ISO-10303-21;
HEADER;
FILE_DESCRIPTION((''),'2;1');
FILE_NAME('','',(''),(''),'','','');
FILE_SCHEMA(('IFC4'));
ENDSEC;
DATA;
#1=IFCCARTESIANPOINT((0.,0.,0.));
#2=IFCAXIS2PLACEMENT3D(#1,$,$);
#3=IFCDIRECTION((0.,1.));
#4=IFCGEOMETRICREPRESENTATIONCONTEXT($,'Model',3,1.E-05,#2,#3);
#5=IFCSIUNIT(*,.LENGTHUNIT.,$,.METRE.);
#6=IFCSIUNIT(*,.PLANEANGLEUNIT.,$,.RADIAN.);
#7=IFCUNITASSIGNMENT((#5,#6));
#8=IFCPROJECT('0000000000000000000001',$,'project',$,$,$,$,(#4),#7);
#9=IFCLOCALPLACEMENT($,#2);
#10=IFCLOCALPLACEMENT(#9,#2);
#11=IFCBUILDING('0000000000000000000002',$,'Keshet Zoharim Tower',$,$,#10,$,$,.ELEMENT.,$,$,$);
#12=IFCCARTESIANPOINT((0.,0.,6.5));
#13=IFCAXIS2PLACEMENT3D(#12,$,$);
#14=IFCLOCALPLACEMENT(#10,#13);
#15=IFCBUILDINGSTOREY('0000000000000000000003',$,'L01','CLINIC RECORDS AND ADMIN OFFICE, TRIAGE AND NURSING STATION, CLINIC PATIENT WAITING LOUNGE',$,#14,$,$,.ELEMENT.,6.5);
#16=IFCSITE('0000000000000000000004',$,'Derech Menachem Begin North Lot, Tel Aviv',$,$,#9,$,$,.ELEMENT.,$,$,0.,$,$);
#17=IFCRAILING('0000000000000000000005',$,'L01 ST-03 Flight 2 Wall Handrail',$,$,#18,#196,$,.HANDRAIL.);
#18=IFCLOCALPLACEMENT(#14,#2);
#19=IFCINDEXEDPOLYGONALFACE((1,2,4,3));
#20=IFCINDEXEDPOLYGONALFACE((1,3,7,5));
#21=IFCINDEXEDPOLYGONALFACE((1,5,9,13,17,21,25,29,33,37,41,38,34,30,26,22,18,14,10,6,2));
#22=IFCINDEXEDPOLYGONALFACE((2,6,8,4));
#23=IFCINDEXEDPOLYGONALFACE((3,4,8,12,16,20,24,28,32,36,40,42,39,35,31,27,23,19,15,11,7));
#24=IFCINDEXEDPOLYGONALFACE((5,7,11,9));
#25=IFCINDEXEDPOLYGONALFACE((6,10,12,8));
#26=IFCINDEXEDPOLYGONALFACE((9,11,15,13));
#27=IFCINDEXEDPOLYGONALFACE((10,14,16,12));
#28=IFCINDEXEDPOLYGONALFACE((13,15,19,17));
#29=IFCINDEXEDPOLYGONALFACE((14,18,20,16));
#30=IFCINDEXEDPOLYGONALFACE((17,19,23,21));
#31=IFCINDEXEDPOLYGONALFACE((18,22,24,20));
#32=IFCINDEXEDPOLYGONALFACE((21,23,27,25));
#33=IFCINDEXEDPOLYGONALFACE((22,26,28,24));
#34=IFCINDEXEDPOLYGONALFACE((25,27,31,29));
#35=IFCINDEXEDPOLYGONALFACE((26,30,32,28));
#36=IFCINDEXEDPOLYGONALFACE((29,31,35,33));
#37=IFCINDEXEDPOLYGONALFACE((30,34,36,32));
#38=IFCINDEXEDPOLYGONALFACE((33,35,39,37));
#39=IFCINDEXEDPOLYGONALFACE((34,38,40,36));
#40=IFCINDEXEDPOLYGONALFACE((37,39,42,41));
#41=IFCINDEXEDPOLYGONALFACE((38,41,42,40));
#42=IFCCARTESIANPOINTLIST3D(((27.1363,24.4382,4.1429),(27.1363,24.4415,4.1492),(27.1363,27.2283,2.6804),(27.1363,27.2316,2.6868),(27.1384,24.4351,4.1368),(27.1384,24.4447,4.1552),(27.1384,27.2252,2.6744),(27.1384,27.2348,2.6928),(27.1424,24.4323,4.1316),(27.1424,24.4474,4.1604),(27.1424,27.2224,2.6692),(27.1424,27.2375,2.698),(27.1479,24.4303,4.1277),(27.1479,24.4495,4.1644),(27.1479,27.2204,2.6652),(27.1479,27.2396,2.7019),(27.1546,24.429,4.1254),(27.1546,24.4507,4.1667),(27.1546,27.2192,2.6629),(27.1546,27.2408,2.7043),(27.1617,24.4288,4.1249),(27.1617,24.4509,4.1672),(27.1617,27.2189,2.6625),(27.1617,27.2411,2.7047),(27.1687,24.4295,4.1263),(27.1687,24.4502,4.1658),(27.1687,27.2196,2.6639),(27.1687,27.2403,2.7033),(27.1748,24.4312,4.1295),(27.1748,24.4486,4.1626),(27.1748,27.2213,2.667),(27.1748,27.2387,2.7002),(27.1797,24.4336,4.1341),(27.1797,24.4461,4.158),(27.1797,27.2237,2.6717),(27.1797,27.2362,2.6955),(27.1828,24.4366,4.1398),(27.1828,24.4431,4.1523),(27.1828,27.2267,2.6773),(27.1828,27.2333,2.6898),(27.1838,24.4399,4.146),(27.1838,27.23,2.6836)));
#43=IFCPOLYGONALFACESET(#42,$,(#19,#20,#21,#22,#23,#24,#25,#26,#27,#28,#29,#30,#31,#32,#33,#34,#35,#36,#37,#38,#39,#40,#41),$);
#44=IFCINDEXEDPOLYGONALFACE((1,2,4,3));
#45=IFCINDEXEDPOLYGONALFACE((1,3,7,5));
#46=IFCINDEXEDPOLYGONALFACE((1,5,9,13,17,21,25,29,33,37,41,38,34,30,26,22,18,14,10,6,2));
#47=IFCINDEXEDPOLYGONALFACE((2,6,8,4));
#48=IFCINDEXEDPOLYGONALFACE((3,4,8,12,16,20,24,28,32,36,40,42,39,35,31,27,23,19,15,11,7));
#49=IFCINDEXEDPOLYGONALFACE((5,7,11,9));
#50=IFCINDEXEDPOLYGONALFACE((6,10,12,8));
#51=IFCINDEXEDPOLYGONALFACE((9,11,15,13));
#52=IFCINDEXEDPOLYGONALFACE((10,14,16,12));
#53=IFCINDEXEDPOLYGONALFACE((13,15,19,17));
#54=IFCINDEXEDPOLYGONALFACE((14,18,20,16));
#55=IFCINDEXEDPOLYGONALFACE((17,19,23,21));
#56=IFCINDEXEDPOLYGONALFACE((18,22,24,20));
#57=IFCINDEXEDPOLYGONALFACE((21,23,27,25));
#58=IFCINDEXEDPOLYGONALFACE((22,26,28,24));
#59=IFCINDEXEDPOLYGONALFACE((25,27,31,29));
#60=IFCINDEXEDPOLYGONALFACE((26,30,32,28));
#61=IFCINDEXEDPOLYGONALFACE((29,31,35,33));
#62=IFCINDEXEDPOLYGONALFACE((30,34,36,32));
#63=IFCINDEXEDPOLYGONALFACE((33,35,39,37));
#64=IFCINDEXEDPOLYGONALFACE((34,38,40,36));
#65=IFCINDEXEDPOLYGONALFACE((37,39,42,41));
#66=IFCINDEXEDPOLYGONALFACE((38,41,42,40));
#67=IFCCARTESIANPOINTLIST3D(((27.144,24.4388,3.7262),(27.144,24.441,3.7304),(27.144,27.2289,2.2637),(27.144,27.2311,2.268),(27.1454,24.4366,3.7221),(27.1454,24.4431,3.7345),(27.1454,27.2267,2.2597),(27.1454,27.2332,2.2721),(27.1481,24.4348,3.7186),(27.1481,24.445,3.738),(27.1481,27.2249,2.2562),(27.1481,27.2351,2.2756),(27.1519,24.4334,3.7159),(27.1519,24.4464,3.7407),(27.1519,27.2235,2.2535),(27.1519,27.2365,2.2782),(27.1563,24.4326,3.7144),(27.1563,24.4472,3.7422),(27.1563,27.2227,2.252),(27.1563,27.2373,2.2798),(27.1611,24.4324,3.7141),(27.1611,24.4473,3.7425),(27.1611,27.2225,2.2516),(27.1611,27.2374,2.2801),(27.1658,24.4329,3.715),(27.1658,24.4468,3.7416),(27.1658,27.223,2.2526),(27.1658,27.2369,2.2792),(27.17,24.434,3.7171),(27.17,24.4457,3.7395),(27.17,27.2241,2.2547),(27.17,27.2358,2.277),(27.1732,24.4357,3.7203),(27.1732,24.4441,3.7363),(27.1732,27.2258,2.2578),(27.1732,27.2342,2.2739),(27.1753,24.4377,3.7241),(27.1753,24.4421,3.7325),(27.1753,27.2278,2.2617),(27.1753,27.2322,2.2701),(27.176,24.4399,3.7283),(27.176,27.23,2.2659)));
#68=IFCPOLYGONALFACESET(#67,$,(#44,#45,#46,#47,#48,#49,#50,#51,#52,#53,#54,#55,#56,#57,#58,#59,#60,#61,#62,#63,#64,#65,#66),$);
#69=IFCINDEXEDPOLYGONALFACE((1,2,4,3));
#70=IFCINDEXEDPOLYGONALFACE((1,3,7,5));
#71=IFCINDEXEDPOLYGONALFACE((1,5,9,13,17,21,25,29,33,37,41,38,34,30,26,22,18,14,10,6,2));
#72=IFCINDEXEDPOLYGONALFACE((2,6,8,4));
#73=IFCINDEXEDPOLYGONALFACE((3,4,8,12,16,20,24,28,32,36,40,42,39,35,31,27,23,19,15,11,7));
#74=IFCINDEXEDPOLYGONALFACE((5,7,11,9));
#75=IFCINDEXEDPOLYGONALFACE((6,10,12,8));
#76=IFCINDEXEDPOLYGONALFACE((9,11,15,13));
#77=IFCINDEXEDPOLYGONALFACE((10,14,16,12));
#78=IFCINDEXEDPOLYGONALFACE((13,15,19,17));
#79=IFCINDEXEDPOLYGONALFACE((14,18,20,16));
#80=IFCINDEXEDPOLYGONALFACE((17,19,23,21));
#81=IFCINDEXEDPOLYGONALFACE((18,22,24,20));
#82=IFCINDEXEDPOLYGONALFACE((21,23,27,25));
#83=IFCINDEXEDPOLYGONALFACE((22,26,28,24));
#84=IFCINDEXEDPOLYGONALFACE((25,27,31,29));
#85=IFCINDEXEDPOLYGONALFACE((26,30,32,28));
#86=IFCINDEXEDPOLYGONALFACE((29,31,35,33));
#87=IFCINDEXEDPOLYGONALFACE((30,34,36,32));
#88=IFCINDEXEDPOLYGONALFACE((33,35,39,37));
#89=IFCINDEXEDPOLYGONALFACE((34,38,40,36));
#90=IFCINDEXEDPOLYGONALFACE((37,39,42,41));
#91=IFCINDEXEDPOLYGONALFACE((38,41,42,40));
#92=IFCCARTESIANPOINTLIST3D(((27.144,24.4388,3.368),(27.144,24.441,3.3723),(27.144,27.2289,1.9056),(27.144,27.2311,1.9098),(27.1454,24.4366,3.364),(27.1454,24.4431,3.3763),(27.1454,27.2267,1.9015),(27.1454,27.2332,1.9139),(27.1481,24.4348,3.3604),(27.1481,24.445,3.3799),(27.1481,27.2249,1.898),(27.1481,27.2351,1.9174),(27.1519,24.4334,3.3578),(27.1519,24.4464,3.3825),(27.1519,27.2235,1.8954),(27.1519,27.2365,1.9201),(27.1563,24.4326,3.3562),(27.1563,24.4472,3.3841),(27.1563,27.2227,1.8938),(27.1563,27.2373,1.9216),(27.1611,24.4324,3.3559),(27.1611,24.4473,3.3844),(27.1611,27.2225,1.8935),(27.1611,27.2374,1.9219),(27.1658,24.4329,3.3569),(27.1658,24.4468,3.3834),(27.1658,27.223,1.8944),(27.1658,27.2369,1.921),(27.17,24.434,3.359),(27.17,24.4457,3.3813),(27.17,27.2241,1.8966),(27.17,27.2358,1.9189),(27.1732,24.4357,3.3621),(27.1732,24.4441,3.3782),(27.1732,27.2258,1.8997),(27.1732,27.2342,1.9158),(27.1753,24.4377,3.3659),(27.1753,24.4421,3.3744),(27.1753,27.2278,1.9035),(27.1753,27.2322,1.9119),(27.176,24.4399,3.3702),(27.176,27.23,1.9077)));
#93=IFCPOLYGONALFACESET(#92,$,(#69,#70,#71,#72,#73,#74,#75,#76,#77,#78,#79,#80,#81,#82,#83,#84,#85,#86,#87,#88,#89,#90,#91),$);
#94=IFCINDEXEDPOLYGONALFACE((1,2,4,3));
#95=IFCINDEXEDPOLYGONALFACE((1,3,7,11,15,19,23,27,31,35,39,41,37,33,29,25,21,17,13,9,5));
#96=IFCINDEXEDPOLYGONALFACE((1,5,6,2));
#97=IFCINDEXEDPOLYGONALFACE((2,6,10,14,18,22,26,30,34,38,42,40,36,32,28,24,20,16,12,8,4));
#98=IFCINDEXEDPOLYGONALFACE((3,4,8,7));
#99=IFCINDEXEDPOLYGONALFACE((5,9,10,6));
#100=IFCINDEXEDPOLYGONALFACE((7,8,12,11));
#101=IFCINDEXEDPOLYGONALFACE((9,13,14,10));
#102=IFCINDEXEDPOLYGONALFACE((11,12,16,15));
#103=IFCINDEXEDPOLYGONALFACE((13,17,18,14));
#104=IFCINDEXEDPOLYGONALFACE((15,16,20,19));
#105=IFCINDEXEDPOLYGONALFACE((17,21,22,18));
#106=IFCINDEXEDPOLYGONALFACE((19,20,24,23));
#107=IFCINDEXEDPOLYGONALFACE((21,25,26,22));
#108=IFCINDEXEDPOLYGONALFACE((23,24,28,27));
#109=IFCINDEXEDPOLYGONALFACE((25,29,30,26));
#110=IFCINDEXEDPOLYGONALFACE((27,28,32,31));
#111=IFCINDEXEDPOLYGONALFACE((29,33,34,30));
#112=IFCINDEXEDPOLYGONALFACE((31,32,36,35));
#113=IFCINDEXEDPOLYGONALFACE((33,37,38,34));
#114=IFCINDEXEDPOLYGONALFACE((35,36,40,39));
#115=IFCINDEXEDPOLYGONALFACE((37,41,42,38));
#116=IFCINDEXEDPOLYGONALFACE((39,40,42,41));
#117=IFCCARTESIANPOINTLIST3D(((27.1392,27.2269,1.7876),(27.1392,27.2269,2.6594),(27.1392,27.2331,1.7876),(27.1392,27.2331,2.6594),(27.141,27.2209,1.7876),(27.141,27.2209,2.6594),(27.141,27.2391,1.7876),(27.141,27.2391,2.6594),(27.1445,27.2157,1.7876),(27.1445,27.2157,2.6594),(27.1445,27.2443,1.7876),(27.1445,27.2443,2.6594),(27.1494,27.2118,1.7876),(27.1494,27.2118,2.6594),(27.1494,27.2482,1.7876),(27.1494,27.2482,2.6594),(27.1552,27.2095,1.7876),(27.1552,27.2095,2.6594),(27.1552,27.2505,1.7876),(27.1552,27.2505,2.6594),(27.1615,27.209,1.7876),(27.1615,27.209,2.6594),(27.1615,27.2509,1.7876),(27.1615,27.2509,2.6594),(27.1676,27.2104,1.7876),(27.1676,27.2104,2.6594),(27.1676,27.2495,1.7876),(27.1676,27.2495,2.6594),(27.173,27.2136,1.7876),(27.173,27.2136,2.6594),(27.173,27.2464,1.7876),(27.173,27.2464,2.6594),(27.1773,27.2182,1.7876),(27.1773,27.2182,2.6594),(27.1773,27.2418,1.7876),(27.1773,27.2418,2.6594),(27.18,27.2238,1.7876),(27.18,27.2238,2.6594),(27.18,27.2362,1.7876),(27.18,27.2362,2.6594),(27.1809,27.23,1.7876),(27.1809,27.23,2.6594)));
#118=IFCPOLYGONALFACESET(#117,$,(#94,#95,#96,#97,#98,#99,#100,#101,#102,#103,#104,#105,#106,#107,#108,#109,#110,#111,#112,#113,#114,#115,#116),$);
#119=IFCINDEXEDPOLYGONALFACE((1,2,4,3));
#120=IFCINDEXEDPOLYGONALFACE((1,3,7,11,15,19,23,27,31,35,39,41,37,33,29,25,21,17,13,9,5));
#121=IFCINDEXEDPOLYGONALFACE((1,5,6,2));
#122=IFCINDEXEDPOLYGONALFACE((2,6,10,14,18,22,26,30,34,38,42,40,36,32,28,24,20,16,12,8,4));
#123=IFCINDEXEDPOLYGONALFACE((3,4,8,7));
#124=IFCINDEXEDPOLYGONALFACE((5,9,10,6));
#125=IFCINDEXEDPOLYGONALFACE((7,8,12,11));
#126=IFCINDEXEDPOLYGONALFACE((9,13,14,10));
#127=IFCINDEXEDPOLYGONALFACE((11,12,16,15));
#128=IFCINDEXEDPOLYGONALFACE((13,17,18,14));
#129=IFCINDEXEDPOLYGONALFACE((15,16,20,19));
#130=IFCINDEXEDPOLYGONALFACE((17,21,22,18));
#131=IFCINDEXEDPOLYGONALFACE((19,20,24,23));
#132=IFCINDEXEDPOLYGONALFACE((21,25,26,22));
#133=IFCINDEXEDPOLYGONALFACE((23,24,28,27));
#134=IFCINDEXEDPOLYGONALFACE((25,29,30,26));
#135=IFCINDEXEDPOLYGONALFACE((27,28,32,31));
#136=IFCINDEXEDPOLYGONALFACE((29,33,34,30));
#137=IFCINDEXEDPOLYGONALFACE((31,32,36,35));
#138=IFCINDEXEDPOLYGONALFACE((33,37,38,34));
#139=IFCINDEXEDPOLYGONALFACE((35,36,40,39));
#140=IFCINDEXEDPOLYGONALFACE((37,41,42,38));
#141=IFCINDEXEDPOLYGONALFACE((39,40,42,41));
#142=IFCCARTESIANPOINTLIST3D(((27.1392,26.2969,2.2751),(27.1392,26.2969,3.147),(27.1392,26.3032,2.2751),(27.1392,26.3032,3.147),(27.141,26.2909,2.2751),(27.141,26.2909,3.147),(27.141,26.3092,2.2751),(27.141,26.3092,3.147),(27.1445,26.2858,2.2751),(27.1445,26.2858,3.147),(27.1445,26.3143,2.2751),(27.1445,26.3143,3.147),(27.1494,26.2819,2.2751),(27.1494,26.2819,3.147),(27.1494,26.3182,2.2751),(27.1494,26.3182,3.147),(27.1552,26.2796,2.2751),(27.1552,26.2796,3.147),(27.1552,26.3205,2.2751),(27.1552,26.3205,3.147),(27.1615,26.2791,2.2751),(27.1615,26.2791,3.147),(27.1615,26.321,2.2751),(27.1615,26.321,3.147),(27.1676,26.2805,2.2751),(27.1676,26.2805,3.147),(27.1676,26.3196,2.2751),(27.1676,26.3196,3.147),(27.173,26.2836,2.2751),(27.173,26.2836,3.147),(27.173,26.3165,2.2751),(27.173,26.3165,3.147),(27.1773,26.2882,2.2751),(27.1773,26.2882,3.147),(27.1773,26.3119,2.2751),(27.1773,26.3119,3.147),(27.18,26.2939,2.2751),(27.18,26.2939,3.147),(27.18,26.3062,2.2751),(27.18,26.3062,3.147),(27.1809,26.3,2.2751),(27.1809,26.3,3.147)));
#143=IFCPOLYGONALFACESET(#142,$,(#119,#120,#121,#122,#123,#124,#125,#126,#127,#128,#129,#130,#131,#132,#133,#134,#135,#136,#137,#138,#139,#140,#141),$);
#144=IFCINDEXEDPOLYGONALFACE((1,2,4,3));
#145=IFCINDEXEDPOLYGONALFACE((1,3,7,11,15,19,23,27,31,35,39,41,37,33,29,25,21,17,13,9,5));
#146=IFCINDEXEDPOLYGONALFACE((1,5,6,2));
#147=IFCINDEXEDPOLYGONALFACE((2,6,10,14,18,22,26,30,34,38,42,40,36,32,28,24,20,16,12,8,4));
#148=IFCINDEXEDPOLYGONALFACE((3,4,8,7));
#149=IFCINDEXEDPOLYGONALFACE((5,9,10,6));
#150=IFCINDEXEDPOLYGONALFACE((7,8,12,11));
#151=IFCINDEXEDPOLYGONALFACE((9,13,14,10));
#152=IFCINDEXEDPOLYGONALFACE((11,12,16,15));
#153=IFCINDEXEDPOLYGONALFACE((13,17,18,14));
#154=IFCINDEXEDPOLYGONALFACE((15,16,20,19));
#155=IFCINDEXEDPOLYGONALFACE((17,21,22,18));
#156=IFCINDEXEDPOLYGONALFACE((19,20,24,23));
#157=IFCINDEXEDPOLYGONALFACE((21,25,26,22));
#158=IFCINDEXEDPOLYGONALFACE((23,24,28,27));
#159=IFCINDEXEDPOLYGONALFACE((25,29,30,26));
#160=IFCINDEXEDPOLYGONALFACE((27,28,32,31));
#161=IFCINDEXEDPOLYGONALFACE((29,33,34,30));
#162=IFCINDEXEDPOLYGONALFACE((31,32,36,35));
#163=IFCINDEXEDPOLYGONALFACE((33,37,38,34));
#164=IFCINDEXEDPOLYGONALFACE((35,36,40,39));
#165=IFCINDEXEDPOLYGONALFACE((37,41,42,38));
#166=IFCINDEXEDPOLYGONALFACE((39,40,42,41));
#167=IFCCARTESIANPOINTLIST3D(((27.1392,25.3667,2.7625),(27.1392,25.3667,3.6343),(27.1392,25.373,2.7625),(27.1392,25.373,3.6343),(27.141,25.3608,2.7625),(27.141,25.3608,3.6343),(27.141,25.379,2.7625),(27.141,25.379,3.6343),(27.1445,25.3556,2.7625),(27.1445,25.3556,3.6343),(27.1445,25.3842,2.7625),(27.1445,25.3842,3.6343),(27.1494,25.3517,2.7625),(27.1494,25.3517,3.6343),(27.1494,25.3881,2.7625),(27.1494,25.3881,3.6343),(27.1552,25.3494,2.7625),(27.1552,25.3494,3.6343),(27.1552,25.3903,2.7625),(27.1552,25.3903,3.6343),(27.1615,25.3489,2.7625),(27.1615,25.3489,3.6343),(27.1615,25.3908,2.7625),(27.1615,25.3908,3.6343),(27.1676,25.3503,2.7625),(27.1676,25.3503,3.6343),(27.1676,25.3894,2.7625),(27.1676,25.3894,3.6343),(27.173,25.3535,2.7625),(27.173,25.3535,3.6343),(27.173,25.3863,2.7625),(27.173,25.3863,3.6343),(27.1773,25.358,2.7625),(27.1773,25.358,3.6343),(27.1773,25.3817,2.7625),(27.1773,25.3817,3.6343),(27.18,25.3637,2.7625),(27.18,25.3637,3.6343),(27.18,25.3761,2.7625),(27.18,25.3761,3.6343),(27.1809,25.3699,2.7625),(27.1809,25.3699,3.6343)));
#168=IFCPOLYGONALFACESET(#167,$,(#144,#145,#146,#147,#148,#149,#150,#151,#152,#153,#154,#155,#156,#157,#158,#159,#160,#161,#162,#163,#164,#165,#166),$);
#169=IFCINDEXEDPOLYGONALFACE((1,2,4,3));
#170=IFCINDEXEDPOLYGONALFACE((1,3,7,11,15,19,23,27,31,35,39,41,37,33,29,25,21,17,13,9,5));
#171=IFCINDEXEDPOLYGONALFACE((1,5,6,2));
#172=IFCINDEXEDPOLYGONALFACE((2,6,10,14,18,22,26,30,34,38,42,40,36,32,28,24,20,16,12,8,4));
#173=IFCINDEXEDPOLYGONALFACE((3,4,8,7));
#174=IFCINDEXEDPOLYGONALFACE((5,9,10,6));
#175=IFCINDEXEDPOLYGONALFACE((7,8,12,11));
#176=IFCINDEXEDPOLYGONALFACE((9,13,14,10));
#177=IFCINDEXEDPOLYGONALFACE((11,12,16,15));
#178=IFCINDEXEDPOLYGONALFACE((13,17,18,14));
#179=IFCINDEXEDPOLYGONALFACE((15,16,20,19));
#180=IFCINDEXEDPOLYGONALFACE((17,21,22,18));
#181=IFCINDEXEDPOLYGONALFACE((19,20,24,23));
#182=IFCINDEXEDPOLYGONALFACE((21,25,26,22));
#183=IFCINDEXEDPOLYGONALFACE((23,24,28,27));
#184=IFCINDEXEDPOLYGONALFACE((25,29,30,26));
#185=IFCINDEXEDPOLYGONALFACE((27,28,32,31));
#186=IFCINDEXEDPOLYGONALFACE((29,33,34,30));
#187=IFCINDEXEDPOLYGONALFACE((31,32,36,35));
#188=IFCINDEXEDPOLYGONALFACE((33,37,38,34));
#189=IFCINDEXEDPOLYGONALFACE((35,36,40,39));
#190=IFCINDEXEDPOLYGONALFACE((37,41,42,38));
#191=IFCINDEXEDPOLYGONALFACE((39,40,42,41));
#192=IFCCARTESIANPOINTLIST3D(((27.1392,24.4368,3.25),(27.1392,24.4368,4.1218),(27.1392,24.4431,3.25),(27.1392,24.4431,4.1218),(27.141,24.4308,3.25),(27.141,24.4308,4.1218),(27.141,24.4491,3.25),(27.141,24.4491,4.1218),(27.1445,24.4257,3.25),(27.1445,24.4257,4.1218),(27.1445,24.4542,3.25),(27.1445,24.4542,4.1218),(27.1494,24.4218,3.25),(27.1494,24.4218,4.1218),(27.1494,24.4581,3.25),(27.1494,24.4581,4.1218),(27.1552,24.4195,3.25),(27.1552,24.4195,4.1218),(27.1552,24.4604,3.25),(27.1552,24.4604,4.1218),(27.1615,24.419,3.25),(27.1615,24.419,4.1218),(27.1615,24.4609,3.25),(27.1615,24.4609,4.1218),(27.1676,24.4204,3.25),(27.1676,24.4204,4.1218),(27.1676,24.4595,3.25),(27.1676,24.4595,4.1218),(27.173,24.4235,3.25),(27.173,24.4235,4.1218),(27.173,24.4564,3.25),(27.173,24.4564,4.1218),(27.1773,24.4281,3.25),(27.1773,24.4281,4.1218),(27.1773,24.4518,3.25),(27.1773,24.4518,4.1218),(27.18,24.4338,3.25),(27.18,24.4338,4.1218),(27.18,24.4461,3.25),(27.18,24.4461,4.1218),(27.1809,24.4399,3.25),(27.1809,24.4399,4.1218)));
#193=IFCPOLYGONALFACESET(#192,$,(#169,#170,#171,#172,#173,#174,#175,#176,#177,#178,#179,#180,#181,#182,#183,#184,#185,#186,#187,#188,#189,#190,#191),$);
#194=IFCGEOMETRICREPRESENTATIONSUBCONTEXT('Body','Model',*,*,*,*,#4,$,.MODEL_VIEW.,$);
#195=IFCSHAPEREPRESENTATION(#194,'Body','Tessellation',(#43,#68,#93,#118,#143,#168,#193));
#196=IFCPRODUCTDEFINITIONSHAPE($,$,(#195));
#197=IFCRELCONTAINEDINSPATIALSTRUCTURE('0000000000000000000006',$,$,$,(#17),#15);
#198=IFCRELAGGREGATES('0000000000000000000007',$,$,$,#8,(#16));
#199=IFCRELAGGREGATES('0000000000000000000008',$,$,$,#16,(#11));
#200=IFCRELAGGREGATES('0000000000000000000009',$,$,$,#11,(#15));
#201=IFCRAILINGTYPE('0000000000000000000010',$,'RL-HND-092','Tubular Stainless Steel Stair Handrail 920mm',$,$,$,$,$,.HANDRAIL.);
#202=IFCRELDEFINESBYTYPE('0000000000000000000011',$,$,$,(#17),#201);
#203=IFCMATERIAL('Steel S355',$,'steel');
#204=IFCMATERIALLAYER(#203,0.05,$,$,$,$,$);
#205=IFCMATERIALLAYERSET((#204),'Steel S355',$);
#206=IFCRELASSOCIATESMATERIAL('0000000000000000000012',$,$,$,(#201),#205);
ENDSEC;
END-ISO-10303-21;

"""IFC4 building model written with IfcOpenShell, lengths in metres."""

from ifc_helpers import new_model, si_unit, direction, frame, origin, origin_2d, place, context, subcontext, project, spatial, circle, extrude, material, layer, layer_set, type_object, element, save


model = new_model("IFC4")

# Units and contexts
model_context = context("Model", 3, precision=1e-05, world=origin(), true_north=direction((0.0, 1.0)))
body_context = subcontext(model_context, "Body", "Model", "MODEL_VIEW")
ifc_project = project(units=[si_unit("LENGTHUNIT", "METRE"), si_unit("PLANEANGLEUNIT", "RADIAN")], contexts=[model_context])

# Site, building, storey
site_placement = place(None, origin())
site = spatial("IfcSite", under=ifc_project, at=site_placement, Name="Derech Menachem Begin North Lot, Tel Aviv", CompositionType="ELEMENT", RefElevation=0.0)
building_placement = place(site_placement, origin())
building = spatial("IfcBuilding", under=site, at=building_placement, Name="Keshet Zoharim Tower", CompositionType="ELEMENT")
storey_placement = place(building_placement, frame((0.0, 0.0, 6.5)))
storey = spatial("IfcBuildingStorey", under=building, at=storey_placement, Name="L01", Description="CLINIC RECORDS AND ADMIN OFFICE, TRIAGE AND NURSING STATION, CLINIC PATIENT WAITING LOUNGE", CompositionType="ELEMENT", Elevation=6.5)

# Railing
ifc_material_1 = material(Name="Steel S355", Category="steel")
ifc_layer_1 = layer(ifc_material_1, 0.05)
ifc_layer_set_1 = layer_set([ifc_layer_1], Name="Steel S355")
railing_type_1 = type_object("IfcRailingType", Name="RL-HND-092", Description="Tubular Stainless Steel Stair Handrail 920mm", PredefinedType="HANDRAIL", material=ifc_layer_set_1)
railing_1_placement = place(storey_placement, frame((27.1599, 27.23, 1.7876)))
element("IfcRailing", 1, at=railing_1_placement, inside=storey, type_object=railing_type_1, Name="L01 ST-03 Flight 2 Wall Handrail", PredefinedType="HANDRAIL", context=body_context, shape_type="SweptSolid", body=[
    extrude(circle(Radius=0.0239, at=origin_2d()), frame((0.0, 0.0, 0.896), z_axis=(0.0, -0.885707, 0.464244), x_axis=(1.0, 0.0, 0.0)), (0.0, 0.0, 1.0), 3.1501),
    extrude(circle(Radius=0.0161, at=origin_2d()), frame((0.0, 0.0, 0.4783), z_axis=(0.0, -0.885707, 0.464244), x_axis=(1.0, 0.0, 0.0)), (0.0, 0.0, 1.0), 3.1501),
    extrude(circle(Radius=0.0161, at=origin_2d()), frame((0.0, 0.0, 0.1201), z_axis=(0.0, -0.885707, 0.464244), x_axis=(1.0, 0.0, 0.0)), (0.0, 0.0, 1.0), 3.1501),
    extrude(circle(Radius=0.021, at=origin_2d()), origin(), (0.0, 0.0, 1.0), 0.8718),
    extrude(circle(Radius=0.021, at=origin_2d()), frame((0.0, -0.9299, 0.4875)), (0.0, 0.0, 1.0), 0.8718),
    extrude(circle(Radius=0.021, at=origin_2d()), frame((0.0, -1.8601, 0.9749)), (0.0, 0.0, 1.0), 0.8718),
    extrude(circle(Radius=0.021, at=origin_2d()), frame((0.0, -2.79, 1.4624)), (0.0, 0.0, 1.0), 0.8718),
])

save(model, "model.ifc")
